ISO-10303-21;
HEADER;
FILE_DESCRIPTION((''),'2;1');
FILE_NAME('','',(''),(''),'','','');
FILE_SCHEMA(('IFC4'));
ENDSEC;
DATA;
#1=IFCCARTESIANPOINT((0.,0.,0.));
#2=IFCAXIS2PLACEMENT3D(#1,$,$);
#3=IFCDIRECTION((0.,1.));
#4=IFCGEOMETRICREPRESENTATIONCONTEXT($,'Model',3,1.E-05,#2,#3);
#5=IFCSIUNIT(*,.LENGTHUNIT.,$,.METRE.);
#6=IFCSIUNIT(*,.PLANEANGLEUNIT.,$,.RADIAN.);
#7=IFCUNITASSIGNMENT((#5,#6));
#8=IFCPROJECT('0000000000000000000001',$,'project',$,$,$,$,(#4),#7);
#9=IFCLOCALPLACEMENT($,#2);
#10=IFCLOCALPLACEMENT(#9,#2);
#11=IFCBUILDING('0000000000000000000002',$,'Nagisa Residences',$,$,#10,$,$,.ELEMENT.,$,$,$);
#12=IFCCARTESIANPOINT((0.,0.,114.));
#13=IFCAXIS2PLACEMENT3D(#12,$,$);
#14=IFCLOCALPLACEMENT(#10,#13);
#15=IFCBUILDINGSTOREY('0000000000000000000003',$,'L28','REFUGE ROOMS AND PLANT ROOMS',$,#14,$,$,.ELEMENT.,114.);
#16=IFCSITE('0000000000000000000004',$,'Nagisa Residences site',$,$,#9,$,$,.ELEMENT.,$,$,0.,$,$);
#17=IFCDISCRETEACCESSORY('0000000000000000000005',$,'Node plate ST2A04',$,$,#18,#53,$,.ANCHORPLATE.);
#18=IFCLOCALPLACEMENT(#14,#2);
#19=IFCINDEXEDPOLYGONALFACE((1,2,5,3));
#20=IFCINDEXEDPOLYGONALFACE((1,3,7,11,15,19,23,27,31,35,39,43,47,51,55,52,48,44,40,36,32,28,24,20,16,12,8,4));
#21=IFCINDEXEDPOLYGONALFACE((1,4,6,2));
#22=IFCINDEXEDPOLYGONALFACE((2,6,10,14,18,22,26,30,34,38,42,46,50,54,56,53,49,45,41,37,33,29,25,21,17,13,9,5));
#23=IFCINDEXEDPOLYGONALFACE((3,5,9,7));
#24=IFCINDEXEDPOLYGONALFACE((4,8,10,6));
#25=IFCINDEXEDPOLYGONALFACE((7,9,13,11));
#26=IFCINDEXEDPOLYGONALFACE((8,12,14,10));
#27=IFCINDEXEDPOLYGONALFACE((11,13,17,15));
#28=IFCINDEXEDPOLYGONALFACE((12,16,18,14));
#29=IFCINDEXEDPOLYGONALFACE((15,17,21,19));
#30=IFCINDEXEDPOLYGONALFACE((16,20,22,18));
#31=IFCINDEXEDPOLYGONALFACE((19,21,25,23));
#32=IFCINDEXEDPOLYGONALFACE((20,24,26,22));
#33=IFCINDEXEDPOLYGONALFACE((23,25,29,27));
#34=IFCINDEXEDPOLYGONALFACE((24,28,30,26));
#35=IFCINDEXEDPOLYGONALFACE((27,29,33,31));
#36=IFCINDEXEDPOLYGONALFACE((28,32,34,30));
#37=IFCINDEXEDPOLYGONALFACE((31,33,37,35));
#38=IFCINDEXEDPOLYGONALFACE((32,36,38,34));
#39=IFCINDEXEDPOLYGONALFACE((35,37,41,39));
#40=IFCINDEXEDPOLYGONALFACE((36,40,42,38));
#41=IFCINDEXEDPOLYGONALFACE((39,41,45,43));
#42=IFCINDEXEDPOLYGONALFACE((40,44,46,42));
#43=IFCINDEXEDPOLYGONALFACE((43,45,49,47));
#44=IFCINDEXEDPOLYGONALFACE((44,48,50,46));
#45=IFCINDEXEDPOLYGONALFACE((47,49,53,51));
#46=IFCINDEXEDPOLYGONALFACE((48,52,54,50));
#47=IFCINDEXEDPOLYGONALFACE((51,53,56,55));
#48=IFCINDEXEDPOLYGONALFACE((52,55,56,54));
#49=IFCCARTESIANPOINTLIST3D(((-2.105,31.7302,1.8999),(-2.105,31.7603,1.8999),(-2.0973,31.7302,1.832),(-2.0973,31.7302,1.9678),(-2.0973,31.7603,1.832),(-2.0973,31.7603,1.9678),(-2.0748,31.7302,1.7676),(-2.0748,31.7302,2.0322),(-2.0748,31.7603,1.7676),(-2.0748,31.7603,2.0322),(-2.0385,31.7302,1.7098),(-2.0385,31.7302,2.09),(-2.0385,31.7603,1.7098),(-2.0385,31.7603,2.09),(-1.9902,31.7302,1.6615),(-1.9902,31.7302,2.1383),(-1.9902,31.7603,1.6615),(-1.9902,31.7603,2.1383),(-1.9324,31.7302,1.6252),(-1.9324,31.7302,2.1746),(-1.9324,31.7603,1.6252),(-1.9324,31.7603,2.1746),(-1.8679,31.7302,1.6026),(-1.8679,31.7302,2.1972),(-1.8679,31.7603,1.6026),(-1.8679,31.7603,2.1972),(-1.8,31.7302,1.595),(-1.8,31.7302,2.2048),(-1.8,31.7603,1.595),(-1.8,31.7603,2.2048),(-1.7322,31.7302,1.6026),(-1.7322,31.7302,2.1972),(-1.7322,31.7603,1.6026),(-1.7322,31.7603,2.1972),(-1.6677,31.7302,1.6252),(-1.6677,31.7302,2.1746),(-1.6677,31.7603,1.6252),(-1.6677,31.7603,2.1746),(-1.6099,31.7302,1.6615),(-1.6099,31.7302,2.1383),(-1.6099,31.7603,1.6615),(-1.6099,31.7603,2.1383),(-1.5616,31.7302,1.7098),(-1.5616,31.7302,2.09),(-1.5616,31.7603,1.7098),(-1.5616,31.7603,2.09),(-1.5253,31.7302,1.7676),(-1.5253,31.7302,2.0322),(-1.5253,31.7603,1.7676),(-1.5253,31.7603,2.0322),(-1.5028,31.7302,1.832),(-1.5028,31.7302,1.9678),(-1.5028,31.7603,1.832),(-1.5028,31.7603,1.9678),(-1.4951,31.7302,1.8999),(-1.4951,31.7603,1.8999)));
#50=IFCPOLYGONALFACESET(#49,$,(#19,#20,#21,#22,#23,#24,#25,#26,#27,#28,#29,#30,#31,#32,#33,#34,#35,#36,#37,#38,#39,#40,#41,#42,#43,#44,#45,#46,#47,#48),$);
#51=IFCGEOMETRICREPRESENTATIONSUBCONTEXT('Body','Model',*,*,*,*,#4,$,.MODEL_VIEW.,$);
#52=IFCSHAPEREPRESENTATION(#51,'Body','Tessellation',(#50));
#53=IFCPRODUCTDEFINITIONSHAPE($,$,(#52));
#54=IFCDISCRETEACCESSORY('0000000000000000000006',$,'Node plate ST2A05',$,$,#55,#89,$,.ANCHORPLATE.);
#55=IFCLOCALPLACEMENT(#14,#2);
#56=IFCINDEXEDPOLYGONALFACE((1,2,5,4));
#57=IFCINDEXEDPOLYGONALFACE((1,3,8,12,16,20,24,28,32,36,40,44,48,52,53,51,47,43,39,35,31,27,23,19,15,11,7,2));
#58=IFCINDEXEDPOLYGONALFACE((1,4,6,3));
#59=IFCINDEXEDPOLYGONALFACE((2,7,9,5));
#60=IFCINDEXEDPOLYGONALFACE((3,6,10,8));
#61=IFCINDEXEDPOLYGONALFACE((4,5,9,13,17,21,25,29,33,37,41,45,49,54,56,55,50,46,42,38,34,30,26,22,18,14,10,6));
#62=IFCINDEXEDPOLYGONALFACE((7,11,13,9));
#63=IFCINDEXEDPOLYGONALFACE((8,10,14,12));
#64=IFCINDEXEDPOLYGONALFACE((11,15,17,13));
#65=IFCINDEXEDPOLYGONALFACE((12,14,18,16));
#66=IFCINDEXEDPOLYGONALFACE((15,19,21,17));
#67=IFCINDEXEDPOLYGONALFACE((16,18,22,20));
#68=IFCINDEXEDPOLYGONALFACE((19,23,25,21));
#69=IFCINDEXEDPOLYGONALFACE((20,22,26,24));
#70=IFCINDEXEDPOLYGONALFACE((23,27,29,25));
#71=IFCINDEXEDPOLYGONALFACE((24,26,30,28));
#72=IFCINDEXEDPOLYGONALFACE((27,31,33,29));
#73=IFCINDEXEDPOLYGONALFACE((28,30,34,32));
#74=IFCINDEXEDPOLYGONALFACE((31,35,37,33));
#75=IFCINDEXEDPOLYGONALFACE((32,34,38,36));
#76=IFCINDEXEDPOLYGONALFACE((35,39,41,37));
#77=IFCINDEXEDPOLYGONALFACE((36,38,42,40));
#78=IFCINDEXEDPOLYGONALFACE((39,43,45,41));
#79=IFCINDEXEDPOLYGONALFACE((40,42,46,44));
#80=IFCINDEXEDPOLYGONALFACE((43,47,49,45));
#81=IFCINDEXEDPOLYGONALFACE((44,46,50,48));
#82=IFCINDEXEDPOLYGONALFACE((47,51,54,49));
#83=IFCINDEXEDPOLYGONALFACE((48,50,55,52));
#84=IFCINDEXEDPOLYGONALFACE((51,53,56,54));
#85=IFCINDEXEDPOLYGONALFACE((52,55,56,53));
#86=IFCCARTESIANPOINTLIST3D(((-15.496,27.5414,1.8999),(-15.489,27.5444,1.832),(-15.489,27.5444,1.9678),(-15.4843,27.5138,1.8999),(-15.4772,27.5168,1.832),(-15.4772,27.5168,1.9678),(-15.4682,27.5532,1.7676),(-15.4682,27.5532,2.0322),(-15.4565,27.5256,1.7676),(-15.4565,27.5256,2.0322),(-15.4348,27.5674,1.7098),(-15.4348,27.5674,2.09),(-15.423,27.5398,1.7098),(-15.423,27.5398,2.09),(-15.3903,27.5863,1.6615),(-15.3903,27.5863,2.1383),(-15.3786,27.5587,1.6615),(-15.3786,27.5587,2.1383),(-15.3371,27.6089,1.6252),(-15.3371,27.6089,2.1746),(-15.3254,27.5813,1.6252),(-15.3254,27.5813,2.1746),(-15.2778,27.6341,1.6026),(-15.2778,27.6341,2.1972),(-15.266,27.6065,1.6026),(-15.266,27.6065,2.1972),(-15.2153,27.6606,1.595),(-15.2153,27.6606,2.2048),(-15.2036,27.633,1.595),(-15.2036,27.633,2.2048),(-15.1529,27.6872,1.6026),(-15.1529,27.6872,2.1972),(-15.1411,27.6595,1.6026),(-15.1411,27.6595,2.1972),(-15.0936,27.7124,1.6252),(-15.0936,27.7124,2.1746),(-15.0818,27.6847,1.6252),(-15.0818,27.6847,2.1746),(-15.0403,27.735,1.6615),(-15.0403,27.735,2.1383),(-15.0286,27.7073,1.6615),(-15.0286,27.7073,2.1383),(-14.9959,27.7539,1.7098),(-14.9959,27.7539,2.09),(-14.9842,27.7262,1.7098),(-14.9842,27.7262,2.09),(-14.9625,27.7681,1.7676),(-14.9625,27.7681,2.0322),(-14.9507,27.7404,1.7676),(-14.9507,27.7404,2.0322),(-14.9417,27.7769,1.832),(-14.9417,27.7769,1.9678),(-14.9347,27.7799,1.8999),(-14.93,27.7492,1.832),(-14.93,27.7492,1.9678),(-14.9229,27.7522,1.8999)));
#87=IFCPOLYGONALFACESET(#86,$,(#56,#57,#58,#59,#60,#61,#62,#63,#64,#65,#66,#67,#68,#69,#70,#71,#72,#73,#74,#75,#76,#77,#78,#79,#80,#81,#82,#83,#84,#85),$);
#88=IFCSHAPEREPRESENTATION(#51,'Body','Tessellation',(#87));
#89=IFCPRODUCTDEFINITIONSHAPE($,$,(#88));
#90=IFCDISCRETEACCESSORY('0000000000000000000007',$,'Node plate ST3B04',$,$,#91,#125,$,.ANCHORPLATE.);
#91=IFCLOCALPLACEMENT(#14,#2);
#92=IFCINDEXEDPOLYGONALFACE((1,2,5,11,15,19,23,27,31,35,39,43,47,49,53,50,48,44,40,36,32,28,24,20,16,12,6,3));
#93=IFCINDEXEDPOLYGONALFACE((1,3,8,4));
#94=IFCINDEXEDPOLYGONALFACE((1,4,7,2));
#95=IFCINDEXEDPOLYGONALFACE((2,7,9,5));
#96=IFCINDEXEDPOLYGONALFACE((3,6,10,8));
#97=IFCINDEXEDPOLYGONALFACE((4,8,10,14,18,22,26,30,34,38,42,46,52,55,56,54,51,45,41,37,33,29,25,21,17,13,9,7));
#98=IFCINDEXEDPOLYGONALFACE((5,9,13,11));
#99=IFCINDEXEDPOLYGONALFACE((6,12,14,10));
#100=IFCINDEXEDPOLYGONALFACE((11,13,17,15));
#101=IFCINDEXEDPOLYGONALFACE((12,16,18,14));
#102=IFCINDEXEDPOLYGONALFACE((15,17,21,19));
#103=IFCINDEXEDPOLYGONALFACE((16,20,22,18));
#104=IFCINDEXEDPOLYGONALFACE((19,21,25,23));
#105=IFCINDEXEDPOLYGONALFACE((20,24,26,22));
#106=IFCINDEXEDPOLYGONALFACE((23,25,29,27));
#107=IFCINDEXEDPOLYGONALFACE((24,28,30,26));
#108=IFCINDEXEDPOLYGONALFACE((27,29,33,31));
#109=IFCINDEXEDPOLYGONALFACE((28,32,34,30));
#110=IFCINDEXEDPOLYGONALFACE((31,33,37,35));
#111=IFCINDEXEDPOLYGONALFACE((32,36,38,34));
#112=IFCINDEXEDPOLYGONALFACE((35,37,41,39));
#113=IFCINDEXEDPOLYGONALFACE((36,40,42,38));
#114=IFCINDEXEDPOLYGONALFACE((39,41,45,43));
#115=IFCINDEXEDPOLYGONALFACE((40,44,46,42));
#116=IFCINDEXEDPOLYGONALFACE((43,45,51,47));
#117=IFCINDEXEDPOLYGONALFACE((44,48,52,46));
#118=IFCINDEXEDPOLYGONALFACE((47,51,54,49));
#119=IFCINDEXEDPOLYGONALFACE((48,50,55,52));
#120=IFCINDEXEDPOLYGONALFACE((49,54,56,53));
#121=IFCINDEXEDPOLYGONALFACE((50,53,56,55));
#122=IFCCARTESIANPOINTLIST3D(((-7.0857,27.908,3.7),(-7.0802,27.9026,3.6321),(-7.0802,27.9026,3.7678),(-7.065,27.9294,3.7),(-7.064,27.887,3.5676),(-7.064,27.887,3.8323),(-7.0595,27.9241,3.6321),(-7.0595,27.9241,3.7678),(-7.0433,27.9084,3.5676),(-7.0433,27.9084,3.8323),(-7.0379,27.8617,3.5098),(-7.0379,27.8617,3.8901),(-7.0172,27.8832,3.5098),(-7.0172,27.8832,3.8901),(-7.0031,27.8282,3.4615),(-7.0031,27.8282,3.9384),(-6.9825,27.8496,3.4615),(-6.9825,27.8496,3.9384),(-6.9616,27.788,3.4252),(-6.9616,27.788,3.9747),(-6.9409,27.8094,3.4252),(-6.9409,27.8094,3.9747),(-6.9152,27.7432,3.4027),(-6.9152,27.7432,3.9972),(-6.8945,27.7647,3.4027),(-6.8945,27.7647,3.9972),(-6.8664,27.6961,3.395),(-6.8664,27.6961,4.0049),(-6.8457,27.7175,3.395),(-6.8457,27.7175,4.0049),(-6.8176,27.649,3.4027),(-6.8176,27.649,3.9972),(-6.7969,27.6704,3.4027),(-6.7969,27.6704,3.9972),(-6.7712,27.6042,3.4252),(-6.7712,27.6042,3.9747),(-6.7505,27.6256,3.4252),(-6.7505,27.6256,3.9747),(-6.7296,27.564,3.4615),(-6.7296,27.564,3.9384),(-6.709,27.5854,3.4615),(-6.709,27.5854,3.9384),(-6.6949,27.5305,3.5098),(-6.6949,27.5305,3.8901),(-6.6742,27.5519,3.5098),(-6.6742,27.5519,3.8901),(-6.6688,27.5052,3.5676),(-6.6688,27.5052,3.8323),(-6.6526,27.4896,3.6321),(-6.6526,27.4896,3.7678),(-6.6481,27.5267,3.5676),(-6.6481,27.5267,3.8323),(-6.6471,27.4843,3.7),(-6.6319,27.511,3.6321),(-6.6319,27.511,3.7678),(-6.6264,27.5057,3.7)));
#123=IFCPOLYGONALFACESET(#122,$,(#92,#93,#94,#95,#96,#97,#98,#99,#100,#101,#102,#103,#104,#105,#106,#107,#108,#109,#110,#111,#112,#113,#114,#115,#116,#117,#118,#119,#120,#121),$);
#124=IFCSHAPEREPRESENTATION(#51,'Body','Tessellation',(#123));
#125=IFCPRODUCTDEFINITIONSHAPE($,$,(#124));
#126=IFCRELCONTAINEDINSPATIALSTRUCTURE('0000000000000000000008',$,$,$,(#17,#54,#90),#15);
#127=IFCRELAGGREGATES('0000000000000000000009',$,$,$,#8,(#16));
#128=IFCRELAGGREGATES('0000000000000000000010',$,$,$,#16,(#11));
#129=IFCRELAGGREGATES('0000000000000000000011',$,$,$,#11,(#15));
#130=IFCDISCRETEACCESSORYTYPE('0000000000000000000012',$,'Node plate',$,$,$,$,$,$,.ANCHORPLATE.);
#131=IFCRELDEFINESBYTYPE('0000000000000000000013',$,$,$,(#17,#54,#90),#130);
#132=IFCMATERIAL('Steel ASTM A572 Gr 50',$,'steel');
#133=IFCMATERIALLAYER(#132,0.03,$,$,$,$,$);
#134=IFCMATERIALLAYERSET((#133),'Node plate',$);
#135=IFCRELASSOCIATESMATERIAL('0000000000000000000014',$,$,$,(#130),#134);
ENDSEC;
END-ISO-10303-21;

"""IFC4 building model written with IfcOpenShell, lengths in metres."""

from ifc_helpers import new_model, si_unit, direction, frame, origin, origin_2d, place, context, subcontext, project, spatial, circle, extrude, material, layer, layer_set, type_object, element, save


model = new_model("IFC4")

# Units and contexts
model_context = context("Model", 3, precision=1e-05, world=origin(), true_north=direction((0.0, 1.0)))
body_context = subcontext(model_context, "Body", "Model", "MODEL_VIEW")
ifc_project = project(units=[si_unit("LENGTHUNIT", "METRE"), si_unit("PLANEANGLEUNIT", "RADIAN")], contexts=[model_context])

# Site, building, storey
site_placement = place(None, origin())
site = spatial("IfcSite", under=ifc_project, at=site_placement, Name="Nagisa Residences site", CompositionType="ELEMENT", RefElevation=0.0)
building_placement = place(site_placement, origin())
building = spatial("IfcBuilding", under=site, at=building_placement, Name="Nagisa Residences", CompositionType="ELEMENT")
storey_placement = place(building_placement, frame((0.0, 0.0, 114.0)))
storey = spatial("IfcBuildingStorey", under=building, at=storey_placement, Name="L28", Description="REFUGE ROOMS AND PLANT ROOMS", CompositionType="ELEMENT", Elevation=114.0)

# Discrete accessories
ifc_material_1 = material(Name="Steel ASTM A572 Gr 50", Category="steel")
ifc_layer = layer(ifc_material_1, 0.03)
ifc_layer_set = layer_set([ifc_layer], Name="Node plate")
discrete_accessory_type_1 = type_object("IfcDiscreteAccessoryType", Name="Node plate", PredefinedType="ANCHORPLATE", material=ifc_layer_set)
for number, where, z_axis, x_axis, name in (
    (1, (-1.8, 31.7603, 1.8999), (0.0, -1.0, 0.0), (1.0, 0.0, 0.0), "Node plate ST2A04"),
    (2, (-15.2153, 27.6606, 1.8999), (0.390968, -0.920404, 0.0), (0.920404, 0.390968, 0.0), "Node plate ST2A05"),
):
    element("IfcDiscreteAccessory", number, at=place(storey_placement, frame(where, z_axis=z_axis, x_axis=x_axis)), inside=storey, type_object=discrete_accessory_type_1, Name=name, PredefinedType="ANCHORPLATE", context=body_context, shape_type="SweptSolid", body=[
        extrude(circle(Radius=0.3049, at=origin_2d()), origin(), (0.0, 0.0, 1.0), 0.03),
    ])
discrete_accessory_1_placement = place(storey_placement, frame((-6.8457, 27.7175, 3.7), z_axis=(-0.69474, -0.719261, 0.0), x_axis=(0.719261, -0.69474, 0.0)))
element("IfcDiscreteAccessory", 3, at=discrete_accessory_1_placement, inside=storey, type_object=discrete_accessory_type_1, Name="Node plate ST3B04", PredefinedType="ANCHORPLATE", context=body_context, shape_type="SweptSolid", body=[
    extrude(circle(Radius=0.3049, at=origin_2d()), origin(), (0.0, 0.0, 1.0), 0.0298),
])

save(model, "model.ifc")
